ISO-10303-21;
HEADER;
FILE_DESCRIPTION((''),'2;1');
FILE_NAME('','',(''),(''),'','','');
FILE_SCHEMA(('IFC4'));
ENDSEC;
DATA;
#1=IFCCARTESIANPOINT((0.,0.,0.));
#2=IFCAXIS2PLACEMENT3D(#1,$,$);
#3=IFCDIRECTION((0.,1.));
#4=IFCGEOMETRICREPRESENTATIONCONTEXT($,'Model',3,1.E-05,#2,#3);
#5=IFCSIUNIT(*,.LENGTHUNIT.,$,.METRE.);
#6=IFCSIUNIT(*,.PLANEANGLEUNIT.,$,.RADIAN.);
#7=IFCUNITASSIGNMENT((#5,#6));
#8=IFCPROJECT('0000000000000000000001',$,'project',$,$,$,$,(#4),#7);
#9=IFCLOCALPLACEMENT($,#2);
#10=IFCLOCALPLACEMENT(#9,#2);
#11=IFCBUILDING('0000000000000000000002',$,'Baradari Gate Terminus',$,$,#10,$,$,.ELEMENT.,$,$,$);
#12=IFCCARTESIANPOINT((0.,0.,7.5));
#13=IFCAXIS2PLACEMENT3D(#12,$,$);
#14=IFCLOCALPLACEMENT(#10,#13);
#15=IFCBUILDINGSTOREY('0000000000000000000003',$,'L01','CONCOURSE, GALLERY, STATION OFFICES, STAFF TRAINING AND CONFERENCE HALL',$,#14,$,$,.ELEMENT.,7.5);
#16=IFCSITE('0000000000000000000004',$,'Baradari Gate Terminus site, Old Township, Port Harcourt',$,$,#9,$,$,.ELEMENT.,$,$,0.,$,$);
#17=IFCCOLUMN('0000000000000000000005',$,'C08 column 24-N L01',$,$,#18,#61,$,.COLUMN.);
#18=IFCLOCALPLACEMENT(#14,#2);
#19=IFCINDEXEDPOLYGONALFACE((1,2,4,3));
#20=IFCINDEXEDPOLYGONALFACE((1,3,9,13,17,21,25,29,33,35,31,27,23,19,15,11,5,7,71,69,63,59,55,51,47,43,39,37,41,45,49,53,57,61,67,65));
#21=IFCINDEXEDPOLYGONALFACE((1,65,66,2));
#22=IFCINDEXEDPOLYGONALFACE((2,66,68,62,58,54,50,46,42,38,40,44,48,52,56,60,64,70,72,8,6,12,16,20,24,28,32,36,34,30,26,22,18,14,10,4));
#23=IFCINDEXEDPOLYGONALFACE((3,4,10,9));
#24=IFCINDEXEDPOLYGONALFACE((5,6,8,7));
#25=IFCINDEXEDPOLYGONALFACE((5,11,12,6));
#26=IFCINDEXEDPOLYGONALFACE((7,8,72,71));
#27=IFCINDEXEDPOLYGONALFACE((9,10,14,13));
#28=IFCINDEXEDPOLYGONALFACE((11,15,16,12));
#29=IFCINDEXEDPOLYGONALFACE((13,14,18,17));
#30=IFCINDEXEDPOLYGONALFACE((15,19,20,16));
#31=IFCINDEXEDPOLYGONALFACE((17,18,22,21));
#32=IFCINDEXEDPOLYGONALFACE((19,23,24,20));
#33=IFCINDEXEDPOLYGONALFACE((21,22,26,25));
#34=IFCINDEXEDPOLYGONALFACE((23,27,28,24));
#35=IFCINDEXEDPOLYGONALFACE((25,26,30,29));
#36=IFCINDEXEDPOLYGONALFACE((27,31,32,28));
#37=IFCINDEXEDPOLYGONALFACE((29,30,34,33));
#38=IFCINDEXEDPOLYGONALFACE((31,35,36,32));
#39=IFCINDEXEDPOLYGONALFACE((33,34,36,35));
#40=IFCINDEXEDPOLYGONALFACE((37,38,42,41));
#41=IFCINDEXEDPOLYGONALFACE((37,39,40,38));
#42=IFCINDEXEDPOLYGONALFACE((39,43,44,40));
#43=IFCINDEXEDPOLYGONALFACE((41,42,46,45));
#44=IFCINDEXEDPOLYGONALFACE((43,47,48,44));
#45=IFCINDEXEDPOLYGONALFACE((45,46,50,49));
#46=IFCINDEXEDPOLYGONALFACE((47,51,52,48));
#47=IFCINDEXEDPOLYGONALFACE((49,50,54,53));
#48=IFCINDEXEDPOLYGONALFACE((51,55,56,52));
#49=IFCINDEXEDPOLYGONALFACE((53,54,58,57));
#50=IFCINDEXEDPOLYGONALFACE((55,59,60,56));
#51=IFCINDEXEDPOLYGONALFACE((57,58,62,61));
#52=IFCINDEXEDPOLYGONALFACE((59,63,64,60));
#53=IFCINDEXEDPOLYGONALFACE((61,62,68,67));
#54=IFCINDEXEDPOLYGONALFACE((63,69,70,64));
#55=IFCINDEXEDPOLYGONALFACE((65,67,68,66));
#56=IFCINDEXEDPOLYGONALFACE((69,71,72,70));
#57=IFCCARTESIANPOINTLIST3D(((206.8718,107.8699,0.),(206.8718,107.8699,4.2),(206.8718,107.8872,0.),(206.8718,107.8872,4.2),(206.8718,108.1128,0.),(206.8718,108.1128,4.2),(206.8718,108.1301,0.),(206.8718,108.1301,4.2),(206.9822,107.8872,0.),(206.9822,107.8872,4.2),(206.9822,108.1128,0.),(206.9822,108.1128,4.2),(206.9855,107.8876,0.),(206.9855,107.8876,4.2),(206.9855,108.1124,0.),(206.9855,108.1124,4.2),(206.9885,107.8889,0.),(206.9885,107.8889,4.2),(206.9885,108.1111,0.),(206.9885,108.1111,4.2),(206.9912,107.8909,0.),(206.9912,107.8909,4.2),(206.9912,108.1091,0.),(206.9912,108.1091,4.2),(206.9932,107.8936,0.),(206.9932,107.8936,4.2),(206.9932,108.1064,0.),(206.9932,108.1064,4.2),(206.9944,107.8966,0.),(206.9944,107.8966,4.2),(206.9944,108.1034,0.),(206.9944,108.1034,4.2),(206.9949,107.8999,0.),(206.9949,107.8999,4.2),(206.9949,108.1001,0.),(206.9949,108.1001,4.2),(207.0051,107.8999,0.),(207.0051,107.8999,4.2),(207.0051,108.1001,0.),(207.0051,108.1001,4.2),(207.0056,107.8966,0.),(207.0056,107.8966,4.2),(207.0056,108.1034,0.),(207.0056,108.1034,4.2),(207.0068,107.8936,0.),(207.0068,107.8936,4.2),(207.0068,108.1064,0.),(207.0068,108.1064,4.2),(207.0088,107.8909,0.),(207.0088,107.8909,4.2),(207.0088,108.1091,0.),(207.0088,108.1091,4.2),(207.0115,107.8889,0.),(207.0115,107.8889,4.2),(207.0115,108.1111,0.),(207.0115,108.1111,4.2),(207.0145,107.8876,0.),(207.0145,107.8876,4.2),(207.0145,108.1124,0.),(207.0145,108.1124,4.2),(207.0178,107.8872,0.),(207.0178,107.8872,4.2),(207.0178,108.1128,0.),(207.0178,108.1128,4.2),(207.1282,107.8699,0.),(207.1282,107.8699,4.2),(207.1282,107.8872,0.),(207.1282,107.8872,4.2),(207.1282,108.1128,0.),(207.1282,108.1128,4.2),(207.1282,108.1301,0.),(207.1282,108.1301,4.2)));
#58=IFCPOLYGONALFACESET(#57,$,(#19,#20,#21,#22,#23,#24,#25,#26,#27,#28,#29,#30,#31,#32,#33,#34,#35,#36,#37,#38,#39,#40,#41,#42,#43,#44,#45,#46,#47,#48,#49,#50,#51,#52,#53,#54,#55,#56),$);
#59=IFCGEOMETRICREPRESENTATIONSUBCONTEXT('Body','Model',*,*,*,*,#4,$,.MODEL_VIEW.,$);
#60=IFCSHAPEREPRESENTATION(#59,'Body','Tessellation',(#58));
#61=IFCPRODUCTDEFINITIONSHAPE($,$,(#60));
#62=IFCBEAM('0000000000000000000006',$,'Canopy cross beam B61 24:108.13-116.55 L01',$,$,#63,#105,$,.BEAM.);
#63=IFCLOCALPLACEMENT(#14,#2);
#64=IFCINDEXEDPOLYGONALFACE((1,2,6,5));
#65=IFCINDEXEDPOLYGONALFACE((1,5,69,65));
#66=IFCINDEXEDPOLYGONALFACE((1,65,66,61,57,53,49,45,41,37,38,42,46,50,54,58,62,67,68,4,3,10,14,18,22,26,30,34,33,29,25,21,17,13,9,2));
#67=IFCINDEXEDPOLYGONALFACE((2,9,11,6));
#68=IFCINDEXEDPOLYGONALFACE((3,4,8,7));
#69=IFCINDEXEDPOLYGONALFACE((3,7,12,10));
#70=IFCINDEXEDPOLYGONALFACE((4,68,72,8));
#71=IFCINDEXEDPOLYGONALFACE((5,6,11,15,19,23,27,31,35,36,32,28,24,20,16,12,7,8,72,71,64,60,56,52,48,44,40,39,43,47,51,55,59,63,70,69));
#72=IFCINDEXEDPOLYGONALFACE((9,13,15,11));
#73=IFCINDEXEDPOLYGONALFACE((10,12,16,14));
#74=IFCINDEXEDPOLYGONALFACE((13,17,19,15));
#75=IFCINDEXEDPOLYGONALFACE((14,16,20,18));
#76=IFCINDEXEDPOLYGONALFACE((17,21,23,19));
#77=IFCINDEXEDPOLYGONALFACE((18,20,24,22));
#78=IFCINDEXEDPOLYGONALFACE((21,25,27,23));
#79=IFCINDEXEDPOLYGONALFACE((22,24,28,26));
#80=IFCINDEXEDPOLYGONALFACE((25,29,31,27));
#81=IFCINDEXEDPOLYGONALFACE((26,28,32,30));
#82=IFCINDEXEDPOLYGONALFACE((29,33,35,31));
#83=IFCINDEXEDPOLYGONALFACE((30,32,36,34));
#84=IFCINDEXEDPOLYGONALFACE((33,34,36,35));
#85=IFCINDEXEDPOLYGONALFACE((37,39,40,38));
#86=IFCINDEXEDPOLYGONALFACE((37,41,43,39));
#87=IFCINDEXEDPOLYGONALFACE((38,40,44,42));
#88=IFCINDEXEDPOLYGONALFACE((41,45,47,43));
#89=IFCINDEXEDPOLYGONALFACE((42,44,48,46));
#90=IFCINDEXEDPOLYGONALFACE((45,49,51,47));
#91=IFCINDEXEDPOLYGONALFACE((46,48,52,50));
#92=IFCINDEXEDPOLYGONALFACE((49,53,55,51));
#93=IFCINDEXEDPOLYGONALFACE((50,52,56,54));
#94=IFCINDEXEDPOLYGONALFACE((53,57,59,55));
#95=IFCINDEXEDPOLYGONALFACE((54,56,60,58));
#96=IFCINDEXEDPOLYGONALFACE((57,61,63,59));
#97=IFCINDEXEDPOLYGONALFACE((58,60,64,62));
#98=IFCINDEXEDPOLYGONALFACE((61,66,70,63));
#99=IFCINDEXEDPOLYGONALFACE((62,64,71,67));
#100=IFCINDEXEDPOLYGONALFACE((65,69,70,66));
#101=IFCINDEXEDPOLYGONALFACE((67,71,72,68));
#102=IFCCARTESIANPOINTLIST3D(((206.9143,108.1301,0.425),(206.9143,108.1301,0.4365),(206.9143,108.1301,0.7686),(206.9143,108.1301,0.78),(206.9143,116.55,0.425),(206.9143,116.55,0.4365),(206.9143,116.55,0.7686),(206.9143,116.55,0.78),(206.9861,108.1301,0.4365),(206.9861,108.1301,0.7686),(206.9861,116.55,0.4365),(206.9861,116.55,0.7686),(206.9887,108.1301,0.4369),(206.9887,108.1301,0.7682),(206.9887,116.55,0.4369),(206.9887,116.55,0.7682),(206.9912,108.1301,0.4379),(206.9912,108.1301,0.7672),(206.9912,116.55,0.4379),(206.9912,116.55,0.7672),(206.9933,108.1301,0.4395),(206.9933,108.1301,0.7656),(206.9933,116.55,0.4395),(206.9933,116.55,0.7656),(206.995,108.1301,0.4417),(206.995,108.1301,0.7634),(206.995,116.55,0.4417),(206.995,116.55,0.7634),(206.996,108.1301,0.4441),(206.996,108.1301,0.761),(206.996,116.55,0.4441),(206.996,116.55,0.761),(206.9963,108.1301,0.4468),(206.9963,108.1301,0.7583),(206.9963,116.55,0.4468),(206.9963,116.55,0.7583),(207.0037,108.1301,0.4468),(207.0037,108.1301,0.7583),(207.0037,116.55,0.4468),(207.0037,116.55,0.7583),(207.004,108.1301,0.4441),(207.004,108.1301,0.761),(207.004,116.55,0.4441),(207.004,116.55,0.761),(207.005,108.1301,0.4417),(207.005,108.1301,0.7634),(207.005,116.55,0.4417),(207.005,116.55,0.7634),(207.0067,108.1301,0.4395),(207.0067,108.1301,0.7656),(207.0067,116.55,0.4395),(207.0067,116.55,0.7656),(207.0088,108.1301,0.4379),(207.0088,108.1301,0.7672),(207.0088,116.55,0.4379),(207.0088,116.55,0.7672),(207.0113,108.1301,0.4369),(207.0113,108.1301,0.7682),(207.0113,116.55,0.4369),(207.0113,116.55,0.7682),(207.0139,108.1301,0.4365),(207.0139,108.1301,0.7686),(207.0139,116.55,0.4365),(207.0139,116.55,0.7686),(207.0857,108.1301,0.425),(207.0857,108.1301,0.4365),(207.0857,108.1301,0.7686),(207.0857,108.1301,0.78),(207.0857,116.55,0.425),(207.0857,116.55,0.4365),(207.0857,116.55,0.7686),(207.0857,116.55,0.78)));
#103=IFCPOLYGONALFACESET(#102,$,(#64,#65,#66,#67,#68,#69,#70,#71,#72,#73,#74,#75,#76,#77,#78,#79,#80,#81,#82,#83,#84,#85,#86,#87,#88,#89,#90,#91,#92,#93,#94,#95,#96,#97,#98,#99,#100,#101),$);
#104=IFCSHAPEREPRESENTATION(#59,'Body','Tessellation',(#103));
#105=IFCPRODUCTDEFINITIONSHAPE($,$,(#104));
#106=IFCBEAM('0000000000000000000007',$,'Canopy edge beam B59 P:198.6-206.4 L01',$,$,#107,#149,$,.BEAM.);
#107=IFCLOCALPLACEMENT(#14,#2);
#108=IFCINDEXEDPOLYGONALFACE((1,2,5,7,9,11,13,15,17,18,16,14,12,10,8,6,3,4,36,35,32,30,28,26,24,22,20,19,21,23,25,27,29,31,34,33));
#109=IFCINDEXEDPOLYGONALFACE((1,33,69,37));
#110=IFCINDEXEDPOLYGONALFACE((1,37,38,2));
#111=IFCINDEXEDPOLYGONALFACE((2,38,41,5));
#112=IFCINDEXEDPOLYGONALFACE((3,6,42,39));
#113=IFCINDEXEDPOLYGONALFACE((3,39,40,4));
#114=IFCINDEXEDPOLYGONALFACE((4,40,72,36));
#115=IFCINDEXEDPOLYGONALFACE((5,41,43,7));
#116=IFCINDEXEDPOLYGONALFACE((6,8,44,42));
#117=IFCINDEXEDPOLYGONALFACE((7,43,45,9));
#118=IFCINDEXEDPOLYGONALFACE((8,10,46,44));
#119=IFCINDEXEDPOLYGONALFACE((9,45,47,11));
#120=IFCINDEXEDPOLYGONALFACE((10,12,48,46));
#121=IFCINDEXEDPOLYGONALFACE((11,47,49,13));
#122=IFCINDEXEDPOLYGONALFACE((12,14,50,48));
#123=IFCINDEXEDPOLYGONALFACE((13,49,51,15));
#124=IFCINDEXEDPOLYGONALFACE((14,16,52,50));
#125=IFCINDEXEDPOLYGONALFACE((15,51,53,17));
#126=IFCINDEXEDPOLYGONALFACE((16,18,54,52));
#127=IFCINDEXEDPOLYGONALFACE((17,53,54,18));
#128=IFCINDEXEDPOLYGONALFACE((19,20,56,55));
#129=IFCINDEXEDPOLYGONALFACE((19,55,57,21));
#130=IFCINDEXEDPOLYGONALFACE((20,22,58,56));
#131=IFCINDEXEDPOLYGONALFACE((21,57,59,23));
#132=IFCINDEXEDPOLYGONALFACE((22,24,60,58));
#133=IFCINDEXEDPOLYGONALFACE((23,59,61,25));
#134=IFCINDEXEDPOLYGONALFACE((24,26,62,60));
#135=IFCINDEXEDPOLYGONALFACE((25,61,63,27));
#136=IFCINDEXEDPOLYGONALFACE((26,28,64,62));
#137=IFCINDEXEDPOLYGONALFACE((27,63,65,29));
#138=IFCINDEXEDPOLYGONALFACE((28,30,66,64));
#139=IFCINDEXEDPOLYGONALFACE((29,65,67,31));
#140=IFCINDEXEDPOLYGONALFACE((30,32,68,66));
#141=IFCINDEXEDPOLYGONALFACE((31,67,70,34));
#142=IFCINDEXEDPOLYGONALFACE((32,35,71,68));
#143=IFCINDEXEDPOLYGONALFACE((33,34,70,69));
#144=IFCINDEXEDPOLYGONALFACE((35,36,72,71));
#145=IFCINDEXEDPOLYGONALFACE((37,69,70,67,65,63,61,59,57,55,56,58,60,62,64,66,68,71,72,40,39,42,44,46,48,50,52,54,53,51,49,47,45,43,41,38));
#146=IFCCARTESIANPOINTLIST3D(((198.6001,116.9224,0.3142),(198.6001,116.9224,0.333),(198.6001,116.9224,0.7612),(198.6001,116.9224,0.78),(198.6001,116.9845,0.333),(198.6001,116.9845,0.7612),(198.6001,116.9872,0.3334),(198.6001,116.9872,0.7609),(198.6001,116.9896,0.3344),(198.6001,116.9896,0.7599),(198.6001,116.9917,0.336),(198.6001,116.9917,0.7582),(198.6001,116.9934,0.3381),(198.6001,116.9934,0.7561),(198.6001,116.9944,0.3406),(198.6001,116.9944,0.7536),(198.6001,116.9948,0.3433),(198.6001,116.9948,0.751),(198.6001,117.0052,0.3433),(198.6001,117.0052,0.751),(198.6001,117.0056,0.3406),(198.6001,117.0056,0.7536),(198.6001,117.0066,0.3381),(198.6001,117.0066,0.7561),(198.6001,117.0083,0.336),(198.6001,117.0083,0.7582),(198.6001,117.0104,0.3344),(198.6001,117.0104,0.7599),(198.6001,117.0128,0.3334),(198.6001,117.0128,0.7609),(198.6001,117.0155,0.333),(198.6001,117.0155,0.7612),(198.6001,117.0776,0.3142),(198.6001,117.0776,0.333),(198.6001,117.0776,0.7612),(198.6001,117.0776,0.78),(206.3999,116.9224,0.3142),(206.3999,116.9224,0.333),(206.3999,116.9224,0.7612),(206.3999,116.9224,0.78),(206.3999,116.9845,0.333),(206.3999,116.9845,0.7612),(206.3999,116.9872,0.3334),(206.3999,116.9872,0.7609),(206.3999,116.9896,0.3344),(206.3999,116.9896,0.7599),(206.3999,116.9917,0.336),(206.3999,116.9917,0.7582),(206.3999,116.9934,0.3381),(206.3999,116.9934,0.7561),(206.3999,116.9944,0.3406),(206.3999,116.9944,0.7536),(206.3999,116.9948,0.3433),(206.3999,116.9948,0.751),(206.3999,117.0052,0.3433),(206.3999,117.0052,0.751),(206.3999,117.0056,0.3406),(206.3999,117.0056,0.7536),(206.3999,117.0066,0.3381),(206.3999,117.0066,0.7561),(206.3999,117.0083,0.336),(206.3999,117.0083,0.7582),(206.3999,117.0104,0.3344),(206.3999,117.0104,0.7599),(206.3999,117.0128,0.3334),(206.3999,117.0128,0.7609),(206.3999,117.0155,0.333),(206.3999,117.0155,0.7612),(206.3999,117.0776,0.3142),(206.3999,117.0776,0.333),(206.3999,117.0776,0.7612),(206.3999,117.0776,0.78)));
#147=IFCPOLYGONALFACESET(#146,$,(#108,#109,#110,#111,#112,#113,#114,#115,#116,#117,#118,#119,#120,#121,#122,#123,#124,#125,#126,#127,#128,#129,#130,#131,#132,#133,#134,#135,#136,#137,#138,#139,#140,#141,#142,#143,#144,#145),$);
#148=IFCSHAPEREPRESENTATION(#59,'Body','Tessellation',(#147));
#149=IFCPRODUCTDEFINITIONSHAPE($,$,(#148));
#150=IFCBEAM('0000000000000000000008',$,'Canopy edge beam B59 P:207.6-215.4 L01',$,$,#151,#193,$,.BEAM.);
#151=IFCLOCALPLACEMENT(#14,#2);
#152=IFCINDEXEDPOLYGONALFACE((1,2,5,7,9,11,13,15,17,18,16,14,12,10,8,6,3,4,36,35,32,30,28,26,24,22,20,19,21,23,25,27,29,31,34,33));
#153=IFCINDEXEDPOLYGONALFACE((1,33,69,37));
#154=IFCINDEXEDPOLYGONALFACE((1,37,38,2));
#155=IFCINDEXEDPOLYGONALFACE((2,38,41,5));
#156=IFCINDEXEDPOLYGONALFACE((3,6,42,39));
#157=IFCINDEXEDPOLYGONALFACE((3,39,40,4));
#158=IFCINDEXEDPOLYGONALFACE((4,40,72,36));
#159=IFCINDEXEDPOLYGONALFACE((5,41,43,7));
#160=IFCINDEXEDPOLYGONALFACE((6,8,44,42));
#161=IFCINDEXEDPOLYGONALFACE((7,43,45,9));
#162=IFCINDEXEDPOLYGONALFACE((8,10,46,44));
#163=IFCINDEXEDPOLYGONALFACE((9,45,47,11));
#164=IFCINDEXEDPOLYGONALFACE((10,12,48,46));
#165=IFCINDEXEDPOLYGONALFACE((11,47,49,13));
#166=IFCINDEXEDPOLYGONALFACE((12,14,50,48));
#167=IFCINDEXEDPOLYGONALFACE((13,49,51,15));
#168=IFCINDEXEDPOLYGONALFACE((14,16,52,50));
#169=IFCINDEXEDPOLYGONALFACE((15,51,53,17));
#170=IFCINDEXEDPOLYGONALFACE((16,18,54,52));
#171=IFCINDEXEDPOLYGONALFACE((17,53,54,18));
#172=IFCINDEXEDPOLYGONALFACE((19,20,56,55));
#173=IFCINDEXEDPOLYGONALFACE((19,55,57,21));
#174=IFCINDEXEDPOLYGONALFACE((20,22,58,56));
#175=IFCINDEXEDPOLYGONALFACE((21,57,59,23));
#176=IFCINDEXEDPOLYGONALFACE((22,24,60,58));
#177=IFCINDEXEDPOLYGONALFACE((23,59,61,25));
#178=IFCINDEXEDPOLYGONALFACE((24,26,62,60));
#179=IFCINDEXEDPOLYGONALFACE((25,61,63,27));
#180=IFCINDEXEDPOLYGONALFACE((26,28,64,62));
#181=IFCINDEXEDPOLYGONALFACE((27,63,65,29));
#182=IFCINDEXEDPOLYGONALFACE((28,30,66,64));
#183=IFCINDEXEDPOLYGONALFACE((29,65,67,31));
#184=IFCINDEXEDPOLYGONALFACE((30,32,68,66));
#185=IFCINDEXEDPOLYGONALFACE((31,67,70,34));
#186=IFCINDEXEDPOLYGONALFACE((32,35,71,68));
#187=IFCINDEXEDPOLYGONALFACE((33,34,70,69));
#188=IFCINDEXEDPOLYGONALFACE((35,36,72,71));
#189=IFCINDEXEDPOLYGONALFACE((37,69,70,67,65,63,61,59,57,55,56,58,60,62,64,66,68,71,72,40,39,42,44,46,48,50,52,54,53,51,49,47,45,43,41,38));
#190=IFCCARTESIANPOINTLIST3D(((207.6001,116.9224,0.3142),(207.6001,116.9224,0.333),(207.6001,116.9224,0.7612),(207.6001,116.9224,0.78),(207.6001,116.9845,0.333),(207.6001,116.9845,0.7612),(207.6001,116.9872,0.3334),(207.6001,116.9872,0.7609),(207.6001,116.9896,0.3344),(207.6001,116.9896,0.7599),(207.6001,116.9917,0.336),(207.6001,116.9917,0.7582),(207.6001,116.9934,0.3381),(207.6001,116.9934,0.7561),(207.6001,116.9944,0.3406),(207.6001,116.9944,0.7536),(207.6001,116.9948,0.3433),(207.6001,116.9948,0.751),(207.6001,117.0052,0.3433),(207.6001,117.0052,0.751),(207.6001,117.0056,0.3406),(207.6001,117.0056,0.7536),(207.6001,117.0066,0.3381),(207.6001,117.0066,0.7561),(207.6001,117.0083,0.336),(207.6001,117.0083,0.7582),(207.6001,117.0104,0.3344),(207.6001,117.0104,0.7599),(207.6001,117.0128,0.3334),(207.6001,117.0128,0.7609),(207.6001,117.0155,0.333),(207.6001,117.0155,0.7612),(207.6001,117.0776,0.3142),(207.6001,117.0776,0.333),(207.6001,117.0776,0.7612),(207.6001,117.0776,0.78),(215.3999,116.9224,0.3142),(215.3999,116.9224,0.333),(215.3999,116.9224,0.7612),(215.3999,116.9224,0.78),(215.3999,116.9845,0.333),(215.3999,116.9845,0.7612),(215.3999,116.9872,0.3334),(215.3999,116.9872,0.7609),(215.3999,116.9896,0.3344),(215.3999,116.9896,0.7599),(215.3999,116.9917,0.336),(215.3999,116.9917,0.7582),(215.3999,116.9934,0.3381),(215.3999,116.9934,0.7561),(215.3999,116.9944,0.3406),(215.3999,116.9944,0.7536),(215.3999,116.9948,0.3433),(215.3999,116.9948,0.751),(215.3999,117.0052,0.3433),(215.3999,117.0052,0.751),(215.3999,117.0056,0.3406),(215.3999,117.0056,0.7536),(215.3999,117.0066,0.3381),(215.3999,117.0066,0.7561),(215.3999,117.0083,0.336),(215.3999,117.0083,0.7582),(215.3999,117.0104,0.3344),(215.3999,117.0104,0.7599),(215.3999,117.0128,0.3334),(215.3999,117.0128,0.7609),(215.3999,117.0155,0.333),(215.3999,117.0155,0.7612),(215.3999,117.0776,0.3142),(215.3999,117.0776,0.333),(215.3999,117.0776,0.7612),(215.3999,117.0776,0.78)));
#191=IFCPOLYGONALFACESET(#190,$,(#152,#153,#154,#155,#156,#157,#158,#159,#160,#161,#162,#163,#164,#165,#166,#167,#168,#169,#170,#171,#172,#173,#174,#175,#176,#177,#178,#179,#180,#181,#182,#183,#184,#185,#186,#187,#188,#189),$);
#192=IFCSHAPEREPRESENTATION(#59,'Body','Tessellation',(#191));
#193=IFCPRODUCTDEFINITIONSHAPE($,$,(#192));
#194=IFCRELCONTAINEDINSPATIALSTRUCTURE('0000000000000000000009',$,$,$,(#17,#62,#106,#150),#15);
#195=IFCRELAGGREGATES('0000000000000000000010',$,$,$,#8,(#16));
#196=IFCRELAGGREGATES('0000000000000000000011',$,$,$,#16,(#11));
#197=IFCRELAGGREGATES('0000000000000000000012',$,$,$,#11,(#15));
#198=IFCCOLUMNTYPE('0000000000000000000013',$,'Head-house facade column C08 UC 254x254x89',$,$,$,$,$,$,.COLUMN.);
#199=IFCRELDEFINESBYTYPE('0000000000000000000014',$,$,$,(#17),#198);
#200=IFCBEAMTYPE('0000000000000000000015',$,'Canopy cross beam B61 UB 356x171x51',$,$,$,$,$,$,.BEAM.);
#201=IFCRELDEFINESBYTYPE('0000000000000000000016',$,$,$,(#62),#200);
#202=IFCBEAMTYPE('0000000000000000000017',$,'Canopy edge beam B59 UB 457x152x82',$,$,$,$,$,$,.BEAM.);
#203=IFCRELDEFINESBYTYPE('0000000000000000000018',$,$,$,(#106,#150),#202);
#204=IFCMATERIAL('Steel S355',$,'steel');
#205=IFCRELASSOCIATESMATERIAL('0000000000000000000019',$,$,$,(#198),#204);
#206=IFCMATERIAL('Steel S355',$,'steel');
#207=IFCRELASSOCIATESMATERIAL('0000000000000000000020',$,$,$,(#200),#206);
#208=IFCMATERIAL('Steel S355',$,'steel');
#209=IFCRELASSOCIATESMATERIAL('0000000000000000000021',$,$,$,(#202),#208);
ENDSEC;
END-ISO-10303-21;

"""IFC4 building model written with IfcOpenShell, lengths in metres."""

from ifc_helpers import new_model, si_unit, direction, frame, origin, origin_2d, place, context, subcontext, project, spatial, i_section, extrude, material, material_profile, profile_set, type_object, element, save


model = new_model("IFC4")

# Units and contexts
model_context = context("Model", 3, precision=1e-05, world=origin(), true_north=direction((0.0, 1.0)))
body_context = subcontext(model_context, "Body", "Model", "MODEL_VIEW")
ifc_project = project(units=[si_unit("LENGTHUNIT", "METRE"), si_unit("PLANEANGLEUNIT", "RADIAN")], contexts=[model_context])

# Site, building, storey
site_placement = place(None, origin())
site = spatial("IfcSite", under=ifc_project, at=site_placement, Name="Baradari Gate Terminus site, Old Township, Port Harcourt", CompositionType="ELEMENT", RefElevation=0.0)
building_placement = place(site_placement, origin())
building = spatial("IfcBuilding", under=site, at=building_placement, Name="Baradari Gate Terminus", CompositionType="ELEMENT")
storey_placement = place(building_placement, frame((0.0, 0.0, 7.5)))
storey = spatial("IfcBuildingStorey", under=building, at=storey_placement, Name="L01", Description="CONCOURSE, GALLERY, STATION OFFICES, STAFF TRAINING AND CONFERENCE HALL", CompositionType="ELEMENT", Elevation=7.5)

# Column
ifc_material_1 = material(Name="Steel S355", Category="steel")
ifc_material_profile_1 = material_profile(ifc_material_1, i_section(OverallWidth=0.2563, OverallDepth=0.2603, WebThickness=0.0103, FlangeThickness=0.0173, FilletRadius=0.0127, at=origin_2d()), Name="UC 254x254x89")
ifc_profile_set_1 = profile_set([ifc_material_profile_1], Name="Steel S355")
column_type = type_object("IfcColumnType", Name="Head-house facade column C08 UC 254x254x89", PredefinedType="COLUMN", material=ifc_profile_set_1)
column_placement = place(storey_placement, frame((207.0, 108.0, 0.0), z_axis=(0.0, 0.0, 1.0), x_axis=(1.0, 0.0, 0.0)))
element("IfcColumn", 1, at=column_placement, inside=storey, type_object=column_type, Name="C08 column 24-N L01", PredefinedType="COLUMN", context=body_context, shape_type="SweptSolid", body=[
    extrude(i_section(OverallWidth=0.2563, OverallDepth=0.2603, WebThickness=0.0103, FlangeThickness=0.0173, FilletRadius=0.0127, at=origin_2d()), origin(), (0.0, 0.0, 1.0), 4.2),
])

# Beams
ifc_material_2 = material(Name="Steel S355", Category="steel")
ifc_material_profile_2 = material_profile(ifc_material_2, i_section(OverallWidth=0.1714, OverallDepth=0.355, WebThickness=0.0073, FlangeThickness=0.0115, FilletRadius=0.0103, at=origin_2d()), Name="UB 356x171x51")
ifc_profile_set_2 = profile_set([ifc_material_profile_2], Name="Steel S355")
beam_type_1 = type_object("IfcBeamType", Name="Canopy cross beam B61 UB 356x171x51", PredefinedType="BEAM", material=ifc_profile_set_2)
beam_1_placement = place(storey_placement, frame((207.0, 108.1301, 0.6025), z_axis=(0.0, 1.0, 0.0), x_axis=(-1.0, 0.0, 0.0)))
element("IfcBeam", 2, at=beam_1_placement, inside=storey, type_object=beam_type_1, Name="Canopy cross beam B61 24:108.13-116.55 L01", PredefinedType="BEAM", context=body_context, shape_type="SweptSolid", body=[
    extrude(i_section(OverallWidth=0.1714, OverallDepth=0.355, WebThickness=0.0073, FlangeThickness=0.0115, FilletRadius=0.0103, at=origin_2d()), origin(), (0.0, 0.0, 1.0), 8.4199),
])
ifc_material_3 = material(Name="Steel S355", Category="steel")
ifc_material_profile_3 = material_profile(ifc_material_3, i_section(OverallWidth=0.1553, OverallDepth=0.4658, WebThickness=0.0105, FlangeThickness=0.0188, FilletRadius=0.0103, at=origin_2d()), Name="UB 457x152x82")
ifc_profile_set_3 = profile_set([ifc_material_profile_3], Name="Steel S355")
beam_type_2 = type_object("IfcBeamType", Name="Canopy edge beam B59 UB 457x152x82", PredefinedType="BEAM", material=ifc_profile_set_3)
for number, where, z_axis, x_axis, name in (
    (3, (198.6001, 117.0, 0.5471), (1.0, 0.0, 0.0), (0.0, 1.0, 0.0), "Canopy edge beam B59 P:198.6-206.4 L01"),
    (4, (207.6001, 117.0, 0.5471), (1.0, 0.0, 0.0), (0.0, 1.0, 0.0), "Canopy edge beam B59 P:207.6-215.4 L01"),
):
    element("IfcBeam", number, at=place(storey_placement, frame(where, z_axis=z_axis, x_axis=x_axis)), inside=storey, type_object=beam_type_2, Name=name, PredefinedType="BEAM", context=body_context, shape_type="SweptSolid", body=[
        extrude(i_section(OverallWidth=0.1553, OverallDepth=0.4658, WebThickness=0.0105, FlangeThickness=0.0188, FilletRadius=0.0103, at=origin_2d()), origin(), (0.0, 0.0, 1.0), 7.7998),
    ])

save(model, "model.ifc")
